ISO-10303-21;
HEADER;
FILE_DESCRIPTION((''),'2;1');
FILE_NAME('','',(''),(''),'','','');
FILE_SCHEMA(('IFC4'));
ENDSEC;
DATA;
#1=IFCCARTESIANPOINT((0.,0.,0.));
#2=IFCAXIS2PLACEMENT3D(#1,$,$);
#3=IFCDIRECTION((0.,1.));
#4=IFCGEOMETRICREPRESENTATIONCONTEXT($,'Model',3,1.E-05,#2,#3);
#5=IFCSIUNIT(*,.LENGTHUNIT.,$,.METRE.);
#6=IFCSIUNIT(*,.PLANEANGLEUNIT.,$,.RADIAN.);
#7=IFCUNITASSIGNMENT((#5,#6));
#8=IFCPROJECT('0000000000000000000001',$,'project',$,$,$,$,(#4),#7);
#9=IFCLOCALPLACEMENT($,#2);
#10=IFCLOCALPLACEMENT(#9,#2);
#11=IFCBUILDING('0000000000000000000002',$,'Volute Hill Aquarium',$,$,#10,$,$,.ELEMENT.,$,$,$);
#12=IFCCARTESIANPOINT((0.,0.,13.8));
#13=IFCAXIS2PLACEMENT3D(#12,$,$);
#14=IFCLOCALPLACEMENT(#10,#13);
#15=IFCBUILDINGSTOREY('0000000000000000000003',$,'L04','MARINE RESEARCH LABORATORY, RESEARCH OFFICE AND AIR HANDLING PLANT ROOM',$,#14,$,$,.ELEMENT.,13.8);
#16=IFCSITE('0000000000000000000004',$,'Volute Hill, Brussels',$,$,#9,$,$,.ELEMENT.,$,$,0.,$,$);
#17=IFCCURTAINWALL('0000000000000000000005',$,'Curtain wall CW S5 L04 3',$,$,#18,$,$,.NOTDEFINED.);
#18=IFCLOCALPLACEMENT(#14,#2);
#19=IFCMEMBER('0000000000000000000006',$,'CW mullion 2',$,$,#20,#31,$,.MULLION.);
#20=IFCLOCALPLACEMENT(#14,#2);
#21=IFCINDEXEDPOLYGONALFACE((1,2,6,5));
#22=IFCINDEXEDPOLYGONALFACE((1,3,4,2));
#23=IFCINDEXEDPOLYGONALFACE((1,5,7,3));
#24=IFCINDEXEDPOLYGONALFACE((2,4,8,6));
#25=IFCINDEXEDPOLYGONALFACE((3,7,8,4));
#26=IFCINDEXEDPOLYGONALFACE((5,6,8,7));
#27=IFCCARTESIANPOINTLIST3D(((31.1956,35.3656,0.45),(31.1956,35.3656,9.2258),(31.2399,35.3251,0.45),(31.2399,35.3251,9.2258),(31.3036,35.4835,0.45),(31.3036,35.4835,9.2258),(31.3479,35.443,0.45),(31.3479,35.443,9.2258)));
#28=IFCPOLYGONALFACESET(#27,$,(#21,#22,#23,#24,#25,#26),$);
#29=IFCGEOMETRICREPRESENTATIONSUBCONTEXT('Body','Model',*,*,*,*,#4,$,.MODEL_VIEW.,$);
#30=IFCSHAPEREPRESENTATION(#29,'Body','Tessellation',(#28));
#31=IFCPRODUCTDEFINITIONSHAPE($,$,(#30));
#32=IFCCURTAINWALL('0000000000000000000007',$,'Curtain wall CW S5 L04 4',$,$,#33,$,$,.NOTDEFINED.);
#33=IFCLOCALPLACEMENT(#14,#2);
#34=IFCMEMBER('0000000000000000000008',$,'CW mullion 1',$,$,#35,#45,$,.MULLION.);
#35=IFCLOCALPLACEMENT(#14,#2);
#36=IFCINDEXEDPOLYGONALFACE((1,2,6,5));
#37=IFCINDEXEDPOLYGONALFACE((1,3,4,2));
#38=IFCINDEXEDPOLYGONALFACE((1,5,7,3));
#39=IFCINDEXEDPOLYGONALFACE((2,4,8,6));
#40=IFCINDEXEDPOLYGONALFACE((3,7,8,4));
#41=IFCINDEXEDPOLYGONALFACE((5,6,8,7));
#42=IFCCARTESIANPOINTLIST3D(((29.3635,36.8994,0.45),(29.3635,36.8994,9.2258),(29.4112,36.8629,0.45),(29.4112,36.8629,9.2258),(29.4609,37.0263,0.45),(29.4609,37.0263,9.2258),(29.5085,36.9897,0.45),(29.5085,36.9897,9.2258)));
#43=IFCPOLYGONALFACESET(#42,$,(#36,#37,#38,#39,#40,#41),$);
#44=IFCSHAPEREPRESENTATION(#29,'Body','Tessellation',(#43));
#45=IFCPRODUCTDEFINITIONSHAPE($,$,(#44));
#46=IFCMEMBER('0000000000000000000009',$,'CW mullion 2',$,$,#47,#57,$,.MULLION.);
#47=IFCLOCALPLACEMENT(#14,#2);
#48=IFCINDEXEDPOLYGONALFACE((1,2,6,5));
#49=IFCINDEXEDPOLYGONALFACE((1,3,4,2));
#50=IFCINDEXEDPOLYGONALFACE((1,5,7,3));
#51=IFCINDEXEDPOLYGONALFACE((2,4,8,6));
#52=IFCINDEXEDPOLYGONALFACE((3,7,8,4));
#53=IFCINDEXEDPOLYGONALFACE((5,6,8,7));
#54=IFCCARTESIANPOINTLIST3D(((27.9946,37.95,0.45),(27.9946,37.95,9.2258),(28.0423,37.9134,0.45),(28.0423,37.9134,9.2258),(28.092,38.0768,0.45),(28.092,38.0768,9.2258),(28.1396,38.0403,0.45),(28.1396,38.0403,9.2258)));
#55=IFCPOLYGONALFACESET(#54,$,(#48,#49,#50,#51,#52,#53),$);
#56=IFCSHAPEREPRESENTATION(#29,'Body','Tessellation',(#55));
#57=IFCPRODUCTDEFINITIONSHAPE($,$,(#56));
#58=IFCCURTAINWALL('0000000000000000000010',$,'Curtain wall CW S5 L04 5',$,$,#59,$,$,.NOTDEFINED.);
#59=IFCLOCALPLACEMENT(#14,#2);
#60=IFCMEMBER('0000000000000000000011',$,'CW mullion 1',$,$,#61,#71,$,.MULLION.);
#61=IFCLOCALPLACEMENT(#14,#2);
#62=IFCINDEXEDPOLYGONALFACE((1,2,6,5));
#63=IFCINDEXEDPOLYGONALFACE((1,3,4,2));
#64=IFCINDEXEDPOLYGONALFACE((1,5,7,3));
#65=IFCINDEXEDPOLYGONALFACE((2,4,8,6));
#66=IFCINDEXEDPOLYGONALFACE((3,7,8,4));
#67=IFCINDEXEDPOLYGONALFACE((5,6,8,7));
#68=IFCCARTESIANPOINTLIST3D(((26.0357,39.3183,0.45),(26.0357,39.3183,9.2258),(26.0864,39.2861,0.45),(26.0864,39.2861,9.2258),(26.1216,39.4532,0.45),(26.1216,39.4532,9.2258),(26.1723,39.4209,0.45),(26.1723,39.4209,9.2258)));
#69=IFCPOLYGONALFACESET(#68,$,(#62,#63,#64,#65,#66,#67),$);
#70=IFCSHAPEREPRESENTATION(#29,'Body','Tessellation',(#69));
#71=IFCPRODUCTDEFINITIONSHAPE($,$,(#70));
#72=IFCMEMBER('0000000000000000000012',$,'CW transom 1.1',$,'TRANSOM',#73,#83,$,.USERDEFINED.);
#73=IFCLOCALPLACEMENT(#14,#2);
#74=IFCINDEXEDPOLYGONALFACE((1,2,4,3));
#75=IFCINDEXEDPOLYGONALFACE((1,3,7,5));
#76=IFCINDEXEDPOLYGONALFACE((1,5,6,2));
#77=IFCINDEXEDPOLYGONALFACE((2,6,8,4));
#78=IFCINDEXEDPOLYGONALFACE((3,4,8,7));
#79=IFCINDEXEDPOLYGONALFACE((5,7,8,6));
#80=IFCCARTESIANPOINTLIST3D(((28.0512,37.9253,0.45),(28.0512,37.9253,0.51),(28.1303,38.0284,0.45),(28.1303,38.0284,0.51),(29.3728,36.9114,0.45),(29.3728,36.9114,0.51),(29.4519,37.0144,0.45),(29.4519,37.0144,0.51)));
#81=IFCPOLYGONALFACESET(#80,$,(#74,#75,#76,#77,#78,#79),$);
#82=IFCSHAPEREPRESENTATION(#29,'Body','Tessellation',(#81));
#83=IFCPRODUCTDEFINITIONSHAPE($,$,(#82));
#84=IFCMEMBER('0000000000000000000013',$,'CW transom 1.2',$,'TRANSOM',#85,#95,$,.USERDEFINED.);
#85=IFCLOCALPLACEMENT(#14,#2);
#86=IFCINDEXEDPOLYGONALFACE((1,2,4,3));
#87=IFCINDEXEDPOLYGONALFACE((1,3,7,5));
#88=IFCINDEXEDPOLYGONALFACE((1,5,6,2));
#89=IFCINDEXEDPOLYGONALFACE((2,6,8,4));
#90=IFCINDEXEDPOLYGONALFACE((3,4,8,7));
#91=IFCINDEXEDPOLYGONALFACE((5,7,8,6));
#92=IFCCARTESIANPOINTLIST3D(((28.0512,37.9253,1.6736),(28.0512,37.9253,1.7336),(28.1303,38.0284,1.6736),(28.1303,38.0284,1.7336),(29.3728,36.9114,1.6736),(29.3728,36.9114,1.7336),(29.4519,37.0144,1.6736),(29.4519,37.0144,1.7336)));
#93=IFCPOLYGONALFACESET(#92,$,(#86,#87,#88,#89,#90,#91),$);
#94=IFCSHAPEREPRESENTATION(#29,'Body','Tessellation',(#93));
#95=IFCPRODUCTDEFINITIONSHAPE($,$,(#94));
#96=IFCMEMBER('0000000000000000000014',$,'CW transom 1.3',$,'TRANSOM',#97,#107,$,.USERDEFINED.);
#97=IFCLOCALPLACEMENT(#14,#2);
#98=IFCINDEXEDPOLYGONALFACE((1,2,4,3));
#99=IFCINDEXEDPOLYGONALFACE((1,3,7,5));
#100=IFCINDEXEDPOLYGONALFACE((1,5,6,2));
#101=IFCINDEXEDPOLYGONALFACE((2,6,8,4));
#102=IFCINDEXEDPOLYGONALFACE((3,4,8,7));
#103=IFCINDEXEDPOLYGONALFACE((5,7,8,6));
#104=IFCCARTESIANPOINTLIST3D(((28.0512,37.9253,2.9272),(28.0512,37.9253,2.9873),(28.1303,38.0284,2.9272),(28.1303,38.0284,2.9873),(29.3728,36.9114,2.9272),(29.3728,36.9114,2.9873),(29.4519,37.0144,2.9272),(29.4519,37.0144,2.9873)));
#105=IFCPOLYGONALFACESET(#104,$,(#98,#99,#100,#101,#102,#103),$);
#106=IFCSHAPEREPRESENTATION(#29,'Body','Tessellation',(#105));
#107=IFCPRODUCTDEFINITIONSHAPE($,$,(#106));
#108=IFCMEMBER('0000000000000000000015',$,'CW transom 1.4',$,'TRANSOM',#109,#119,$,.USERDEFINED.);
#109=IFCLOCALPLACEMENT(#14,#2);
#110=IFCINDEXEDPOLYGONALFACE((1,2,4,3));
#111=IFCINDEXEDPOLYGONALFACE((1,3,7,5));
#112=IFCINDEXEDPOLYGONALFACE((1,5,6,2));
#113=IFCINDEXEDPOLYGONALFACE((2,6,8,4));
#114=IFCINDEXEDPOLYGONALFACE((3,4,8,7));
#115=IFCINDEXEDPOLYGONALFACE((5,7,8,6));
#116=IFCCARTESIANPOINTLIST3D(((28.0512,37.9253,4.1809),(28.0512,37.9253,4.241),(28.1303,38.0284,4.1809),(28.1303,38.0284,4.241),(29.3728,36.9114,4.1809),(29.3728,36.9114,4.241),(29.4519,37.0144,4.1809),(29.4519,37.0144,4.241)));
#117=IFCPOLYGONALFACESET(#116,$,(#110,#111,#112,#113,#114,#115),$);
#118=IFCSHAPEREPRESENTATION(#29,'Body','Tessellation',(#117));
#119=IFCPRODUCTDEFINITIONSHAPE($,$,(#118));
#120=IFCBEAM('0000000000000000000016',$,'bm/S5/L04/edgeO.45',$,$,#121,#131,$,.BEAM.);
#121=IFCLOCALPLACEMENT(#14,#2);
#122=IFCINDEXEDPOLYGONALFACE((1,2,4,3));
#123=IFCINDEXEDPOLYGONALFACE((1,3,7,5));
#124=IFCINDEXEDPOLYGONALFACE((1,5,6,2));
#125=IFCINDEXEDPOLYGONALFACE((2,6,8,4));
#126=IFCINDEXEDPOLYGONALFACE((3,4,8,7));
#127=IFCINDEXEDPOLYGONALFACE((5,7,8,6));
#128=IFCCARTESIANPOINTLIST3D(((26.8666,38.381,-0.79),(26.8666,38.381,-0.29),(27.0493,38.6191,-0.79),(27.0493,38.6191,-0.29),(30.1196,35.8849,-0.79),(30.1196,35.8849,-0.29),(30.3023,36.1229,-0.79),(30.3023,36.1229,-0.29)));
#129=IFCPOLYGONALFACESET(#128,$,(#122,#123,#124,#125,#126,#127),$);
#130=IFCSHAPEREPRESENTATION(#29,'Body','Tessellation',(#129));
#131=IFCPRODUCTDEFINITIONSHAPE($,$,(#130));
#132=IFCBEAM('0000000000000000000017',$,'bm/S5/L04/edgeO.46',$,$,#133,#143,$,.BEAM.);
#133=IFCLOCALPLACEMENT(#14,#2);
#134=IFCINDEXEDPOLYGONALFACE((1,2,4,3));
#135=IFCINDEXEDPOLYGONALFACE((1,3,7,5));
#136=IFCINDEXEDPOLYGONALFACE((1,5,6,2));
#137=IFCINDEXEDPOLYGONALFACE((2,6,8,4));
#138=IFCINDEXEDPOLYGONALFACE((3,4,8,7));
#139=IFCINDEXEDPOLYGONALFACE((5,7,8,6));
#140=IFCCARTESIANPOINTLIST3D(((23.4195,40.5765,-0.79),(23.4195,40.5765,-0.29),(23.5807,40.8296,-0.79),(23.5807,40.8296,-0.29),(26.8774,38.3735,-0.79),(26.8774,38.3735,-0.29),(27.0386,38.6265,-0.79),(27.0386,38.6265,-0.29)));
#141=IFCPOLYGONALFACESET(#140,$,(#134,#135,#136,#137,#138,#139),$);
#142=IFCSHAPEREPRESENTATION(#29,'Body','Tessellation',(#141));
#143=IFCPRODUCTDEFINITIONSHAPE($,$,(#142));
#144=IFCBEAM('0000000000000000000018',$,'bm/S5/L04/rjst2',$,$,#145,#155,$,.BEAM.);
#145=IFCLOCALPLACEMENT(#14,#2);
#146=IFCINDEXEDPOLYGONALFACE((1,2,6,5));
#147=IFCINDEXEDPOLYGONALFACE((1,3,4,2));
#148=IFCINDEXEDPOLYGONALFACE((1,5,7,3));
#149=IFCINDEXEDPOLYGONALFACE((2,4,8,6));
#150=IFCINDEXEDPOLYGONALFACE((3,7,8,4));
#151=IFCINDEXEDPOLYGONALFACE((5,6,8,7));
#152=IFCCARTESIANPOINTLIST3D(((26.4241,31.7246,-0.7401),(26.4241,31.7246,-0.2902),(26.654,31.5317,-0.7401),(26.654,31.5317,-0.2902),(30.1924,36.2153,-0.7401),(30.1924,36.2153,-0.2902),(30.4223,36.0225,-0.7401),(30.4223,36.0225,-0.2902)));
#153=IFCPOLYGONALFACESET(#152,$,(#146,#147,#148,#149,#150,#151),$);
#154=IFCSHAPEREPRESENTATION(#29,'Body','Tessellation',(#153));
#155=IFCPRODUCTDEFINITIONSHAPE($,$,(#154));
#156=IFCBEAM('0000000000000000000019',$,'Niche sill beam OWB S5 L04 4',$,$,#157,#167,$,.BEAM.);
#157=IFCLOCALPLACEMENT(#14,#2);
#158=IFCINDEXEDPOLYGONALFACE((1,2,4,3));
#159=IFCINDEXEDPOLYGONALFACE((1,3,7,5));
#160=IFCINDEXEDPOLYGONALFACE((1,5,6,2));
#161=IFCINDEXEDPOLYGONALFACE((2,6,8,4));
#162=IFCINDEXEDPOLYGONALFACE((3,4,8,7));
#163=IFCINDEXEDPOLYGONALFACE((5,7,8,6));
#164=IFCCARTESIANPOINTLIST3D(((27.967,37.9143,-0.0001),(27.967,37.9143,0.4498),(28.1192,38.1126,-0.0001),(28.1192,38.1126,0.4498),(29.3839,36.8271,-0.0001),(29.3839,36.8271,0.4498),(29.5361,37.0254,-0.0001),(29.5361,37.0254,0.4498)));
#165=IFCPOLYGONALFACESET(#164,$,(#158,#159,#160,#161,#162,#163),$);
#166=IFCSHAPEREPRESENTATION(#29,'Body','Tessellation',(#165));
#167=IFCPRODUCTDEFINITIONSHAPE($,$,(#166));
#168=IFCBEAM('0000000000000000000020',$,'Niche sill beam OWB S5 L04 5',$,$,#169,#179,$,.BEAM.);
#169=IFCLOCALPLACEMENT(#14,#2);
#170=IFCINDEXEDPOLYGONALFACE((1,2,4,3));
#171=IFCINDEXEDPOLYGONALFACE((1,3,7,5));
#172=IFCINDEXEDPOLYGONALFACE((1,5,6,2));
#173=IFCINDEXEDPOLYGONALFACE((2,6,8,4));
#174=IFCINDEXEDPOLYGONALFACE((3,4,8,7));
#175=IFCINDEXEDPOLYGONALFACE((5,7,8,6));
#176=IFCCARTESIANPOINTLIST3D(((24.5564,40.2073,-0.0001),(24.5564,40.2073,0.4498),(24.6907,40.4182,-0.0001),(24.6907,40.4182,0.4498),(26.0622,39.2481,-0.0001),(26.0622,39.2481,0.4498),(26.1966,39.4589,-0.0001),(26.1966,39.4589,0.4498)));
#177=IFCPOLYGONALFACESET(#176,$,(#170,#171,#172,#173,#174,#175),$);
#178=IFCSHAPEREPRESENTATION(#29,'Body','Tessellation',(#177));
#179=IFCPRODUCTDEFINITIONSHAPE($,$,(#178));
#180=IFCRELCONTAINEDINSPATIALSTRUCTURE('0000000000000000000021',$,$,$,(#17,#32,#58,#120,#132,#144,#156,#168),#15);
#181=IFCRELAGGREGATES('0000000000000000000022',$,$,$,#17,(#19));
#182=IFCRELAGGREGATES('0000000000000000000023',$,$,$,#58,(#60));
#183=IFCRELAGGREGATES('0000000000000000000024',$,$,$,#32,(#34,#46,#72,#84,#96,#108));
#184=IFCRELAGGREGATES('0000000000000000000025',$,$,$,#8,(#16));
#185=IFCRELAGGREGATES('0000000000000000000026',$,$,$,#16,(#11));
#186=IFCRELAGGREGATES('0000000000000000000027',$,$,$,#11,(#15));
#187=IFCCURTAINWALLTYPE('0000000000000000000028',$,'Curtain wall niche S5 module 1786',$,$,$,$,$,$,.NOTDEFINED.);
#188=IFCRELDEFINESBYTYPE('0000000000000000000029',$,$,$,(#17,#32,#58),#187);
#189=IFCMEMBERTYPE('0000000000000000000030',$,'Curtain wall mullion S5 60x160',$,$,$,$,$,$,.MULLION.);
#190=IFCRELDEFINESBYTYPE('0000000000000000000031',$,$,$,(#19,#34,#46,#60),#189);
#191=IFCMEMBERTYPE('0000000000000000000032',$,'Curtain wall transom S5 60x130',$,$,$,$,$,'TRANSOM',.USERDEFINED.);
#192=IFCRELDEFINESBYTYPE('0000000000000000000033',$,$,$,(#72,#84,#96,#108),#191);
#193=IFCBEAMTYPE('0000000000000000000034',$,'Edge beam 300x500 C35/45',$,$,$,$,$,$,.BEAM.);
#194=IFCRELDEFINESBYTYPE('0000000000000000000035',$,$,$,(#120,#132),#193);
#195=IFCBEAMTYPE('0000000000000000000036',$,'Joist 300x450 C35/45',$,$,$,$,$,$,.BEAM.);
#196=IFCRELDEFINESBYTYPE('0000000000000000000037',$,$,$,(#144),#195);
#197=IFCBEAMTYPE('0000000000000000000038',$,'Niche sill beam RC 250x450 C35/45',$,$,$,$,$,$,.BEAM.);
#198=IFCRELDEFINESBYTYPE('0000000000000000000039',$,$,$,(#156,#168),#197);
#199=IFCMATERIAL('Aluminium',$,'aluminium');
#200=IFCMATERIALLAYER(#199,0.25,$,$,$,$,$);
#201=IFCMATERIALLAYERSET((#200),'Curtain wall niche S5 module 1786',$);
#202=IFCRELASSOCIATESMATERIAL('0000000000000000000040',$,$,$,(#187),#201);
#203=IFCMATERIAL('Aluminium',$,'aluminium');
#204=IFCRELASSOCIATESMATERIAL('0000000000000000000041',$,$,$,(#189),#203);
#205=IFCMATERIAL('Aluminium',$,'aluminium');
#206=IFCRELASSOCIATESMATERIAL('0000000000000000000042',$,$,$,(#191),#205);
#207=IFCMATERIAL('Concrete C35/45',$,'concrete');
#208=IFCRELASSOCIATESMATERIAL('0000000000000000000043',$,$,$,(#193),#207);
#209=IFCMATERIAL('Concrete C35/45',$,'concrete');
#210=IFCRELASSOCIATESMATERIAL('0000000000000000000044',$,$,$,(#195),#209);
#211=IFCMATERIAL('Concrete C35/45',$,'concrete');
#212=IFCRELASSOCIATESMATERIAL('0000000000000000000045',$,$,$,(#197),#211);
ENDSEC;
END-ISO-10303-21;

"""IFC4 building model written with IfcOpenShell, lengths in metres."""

from ifc_helpers import new_model, si_unit, direction, frame, origin, origin_2d, place, context, subcontext, project, spatial, rectangle, extrude, material, layer, layer_set, material_profile, profile_set, type_object, element, aggregate, save


model = new_model("IFC4")

# Units and contexts
model_context = context("Model", 3, precision=1e-05, world=origin(), true_north=direction((0.0, 1.0)))
body_context = subcontext(model_context, "Body", "Model", "MODEL_VIEW")
ifc_project = project(units=[si_unit("LENGTHUNIT", "METRE"), si_unit("PLANEANGLEUNIT", "RADIAN")], contexts=[model_context])

# Site, building, storey
site_placement = place(None, origin())
site = spatial("IfcSite", under=ifc_project, at=site_placement, Name="Volute Hill, Brussels", CompositionType="ELEMENT", RefElevation=0.0)
building_placement = place(site_placement, origin())
building = spatial("IfcBuilding", under=site, at=building_placement, Name="Volute Hill Aquarium", CompositionType="ELEMENT")
storey_placement = place(building_placement, frame((0.0, 0.0, 13.8)))
storey = spatial("IfcBuildingStorey", under=building, at=storey_placement, Name="L04", Description="MARINE RESEARCH LABORATORY, RESEARCH OFFICE AND AIR HANDLING PLANT ROOM", CompositionType="ELEMENT", Elevation=13.8)

# Curtain wall, member
ifc_material_1 = material(Name="Aluminium", Category="aluminium")
ifc_layer_1 = layer(ifc_material_1, 0.25)
ifc_layer_set_1 = layer_set([ifc_layer_1], Name="Curtain wall niche S5 module 1786")
curtain_wall_type = type_object("IfcCurtainWallType", Name="Curtain wall niche S5 module 1786", PredefinedType="NOTDEFINED", material=ifc_layer_set_1)
curtain_wall_1_placement = place(storey_placement, origin())
curtain_wall_1 = element("IfcCurtainWall", 1, at=curtain_wall_1_placement, inside=storey, type_object=curtain_wall_type, Name="Curtain wall CW S5 L04 3", PredefinedType="NOTDEFINED")
ifc_material_2 = material(Name="Aluminium", Category="aluminium")
ifc_material_profile_1 = material_profile(ifc_material_2, rectangle(XDim=0.1599, YDim=0.0601, at=origin_2d()), Name="Curtain wall mullion S5 60x160")
ifc_profile_set_1 = profile_set([ifc_material_profile_1], Name="Aluminium")
member_type_1 = type_object("IfcMemberType", Name="Curtain wall mullion S5 60x160", PredefinedType="MULLION", material=ifc_profile_set_1)
member_1_placement = place(storey_placement, frame((31.2717, 35.4043, 0.45), z_axis=(0.0, 0.0, 1.0), x_axis=(-0.675585, -0.737282, 0.0)))
member_1 = element("IfcMember", 2, at=member_1_placement, type_object=member_type_1, Name="CW mullion 2", PredefinedType="MULLION", context=body_context, shape_type="SweptSolid", body=[
    extrude(rectangle(XDim=0.1599, YDim=0.0601, at=origin_2d()), origin(), (0.0, 0.0, 1.0), 8.7759),
])
aggregate(curtain_wall_1, [member_1])

# Curtain wall, members
curtain_wall_2_placement = place(storey_placement, origin())
curtain_wall_2 = element("IfcCurtainWall", 3, at=curtain_wall_2_placement, inside=storey, type_object=curtain_wall_type, Name="Curtain wall CW S5 L04 4", PredefinedType="NOTDEFINED")
member_2_placement = place(storey_placement, frame((29.436, 36.9446, 0.45), z_axis=(0.0, 0.0, 1.0), x_axis=(-0.608755, -0.793358, 0.0)))
member_2 = element("IfcMember", 4, at=member_2_placement, type_object=member_type_1, Name="CW mullion 1", PredefinedType="MULLION", context=body_context, shape_type="SweptSolid", body=[
    extrude(rectangle(XDim=0.1599, YDim=0.0601, at=origin_2d()), origin(), (0.0, 0.0, 1.0), 8.7759),
])
member_3_placement = place(storey_placement, frame((28.0671, 37.9951, 0.45), z_axis=(0.0, 0.0, 1.0), x_axis=(-0.608755, -0.793358, 0.0)))
member_3 = element("IfcMember", 5, at=member_3_placement, type_object=member_type_1, Name="CW mullion 2", PredefinedType="MULLION", context=body_context, shape_type="SweptSolid", body=[
    extrude(rectangle(XDim=0.1599, YDim=0.0601, at=origin_2d()), origin(), (0.0, 0.0, 1.0), 8.7759),
])

# Curtain wall, member
curtain_wall_3_placement = place(storey_placement, origin())
curtain_wall_3 = element("IfcCurtainWall", 6, at=curtain_wall_3_placement, inside=storey, type_object=curtain_wall_type, Name="Curtain wall CW S5 L04 5", PredefinedType="NOTDEFINED")
member_4_placement = place(storey_placement, frame((26.104, 39.3696, 0.45), z_axis=(0.0, 0.0, 1.0), x_axis=(-0.53731, -0.843385, 0.0)))
member_4 = element("IfcMember", 7, at=member_4_placement, type_object=member_type_1, Name="CW mullion 1", PredefinedType="MULLION", context=body_context, shape_type="SweptSolid", body=[
    extrude(rectangle(XDim=0.1599, YDim=0.0601, at=origin_2d()), origin(), (0.0, 0.0, 1.0), 8.7759),
])
aggregate(curtain_wall_3, [member_4])

# Members
ifc_material_3 = material(Name="Aluminium", Category="aluminium")
ifc_material_profile_2 = material_profile(ifc_material_3, rectangle(XDim=0.1299, YDim=0.0601, at=origin_2d()), Name="Curtain wall transom S5 60x130")
ifc_profile_set_2 = profile_set([ifc_material_profile_2], Name="Aluminium")
member_type_2 = type_object("IfcMemberType", Name="Curtain wall transom S5 60x130", ElementType="TRANSOM", PredefinedType="USERDEFINED", material=ifc_profile_set_2)
member_5_placement = place(storey_placement, frame((29.4124, 36.9629, 0.48), z_axis=(-0.793392, 0.608712, 0.0), x_axis=(-0.608712, -0.793392, 0.0)))
member_5 = element("IfcMember", 8, at=member_5_placement, type_object=member_type_2, Name="CW transom 1.1", ObjectType="TRANSOM", PredefinedType="USERDEFINED", context=body_context, shape_type="SweptSolid", body=[
    extrude(rectangle(XDim=0.1299, YDim=0.0601, at=origin_2d()), origin(), (0.0, 0.0, 1.0), 1.6658),
])
member_6_placement = place(storey_placement, frame((29.4124, 36.9629, 1.7036), z_axis=(-0.793392, 0.608712, 0.0), x_axis=(-0.608712, -0.793392, 0.0)))
member_6 = element("IfcMember", 9, at=member_6_placement, type_object=member_type_2, Name="CW transom 1.2", ObjectType="TRANSOM", PredefinedType="USERDEFINED", context=body_context, shape_type="SweptSolid", body=[
    extrude(rectangle(XDim=0.1299, YDim=0.0601, at=origin_2d()), origin(), (0.0, 0.0, 1.0), 1.6658),
])
member_7_placement = place(storey_placement, frame((29.4124, 36.9629, 2.9573), z_axis=(-0.793392, 0.608712, 0.0), x_axis=(-0.608712, -0.793392, 0.0)))
member_7 = element("IfcMember", 10, at=member_7_placement, type_object=member_type_2, Name="CW transom 1.3", ObjectType="TRANSOM", PredefinedType="USERDEFINED", context=body_context, shape_type="SweptSolid", body=[
    extrude(rectangle(XDim=0.1299, YDim=0.0601, at=origin_2d()), origin(), (0.0, 0.0, 1.0), 1.6658),
])
member_8_placement = place(storey_placement, frame((29.4124, 36.9629, 4.2109), z_axis=(-0.793392, 0.608712, 0.0), x_axis=(-0.608712, -0.793392, 0.0)))
member_8 = element("IfcMember", 11, at=member_8_placement, type_object=member_type_2, Name="CW transom 1.4", ObjectType="TRANSOM", PredefinedType="USERDEFINED", context=body_context, shape_type="SweptSolid", body=[
    extrude(rectangle(XDim=0.1299, YDim=0.0601, at=origin_2d()), origin(), (0.0, 0.0, 1.0), 1.6658),
])

# Beams
ifc_material_4 = material(Name="Concrete C35/45", Category="concrete")
ifc_material_profile_3 = material_profile(ifc_material_4, rectangle(XDim=0.3, YDim=0.5, at=origin_2d()), Name="RC edge beam 300x500")
ifc_profile_set_3 = profile_set([ifc_material_profile_3], Name="Concrete C35/45")
beam_type_1 = type_object("IfcBeamType", Name="Edge beam 300x500 C35/45", PredefinedType="BEAM", material=ifc_profile_set_3)
beam_1_placement = place(storey_placement, frame((30.2109, 36.0039, -0.54), z_axis=(-0.793349, 0.608766, 0.0), x_axis=(-0.608766, -0.793349, 0.0)))
element("IfcBeam", 12, at=beam_1_placement, inside=storey, type_object=beam_type_1, Name="bm/S5/L04/edgeO.45", PredefinedType="BEAM", context=body_context, shape_type="SweptSolid", body=[
    extrude(rectangle(XDim=0.3, YDim=0.5, at=origin_2d()), origin(), (0.0, 0.0, 1.0), 4.1003),
])
beam_2_placement = place(storey_placement, frame((26.958, 38.5, -0.54), z_axis=(-0.843377, 0.537322, 0.0), x_axis=(-0.537322, -0.843377, 0.0)))
element("IfcBeam", 13, at=beam_2_placement, inside=storey, type_object=beam_type_1, Name="bm/S5/L04/edgeO.46", PredefinedType="BEAM", context=body_context, shape_type="SweptSolid", body=[
    extrude(rectangle(XDim=0.3, YDim=0.5, at=origin_2d()), origin(), (0.0, 0.0, 1.0), 4.1001),
])
ifc_material_5 = material(Name="Concrete C35/45", Category="concrete")
ifc_material_profile_4 = material_profile(ifc_material_5, rectangle(XDim=0.3, YDim=0.45, at=origin_2d()), Name="RC joist 300x450")
ifc_profile_set_4 = profile_set([ifc_material_profile_4], Name="Concrete C35/45")
beam_type_2 = type_object("IfcBeamType", Name="Joist 300x450 C35/45", PredefinedType="BEAM", material=ifc_profile_set_4)
beam_3_placement = place(storey_placement, frame((26.5391, 31.6282, -0.5151), z_axis=(0.642802, 0.766032, 0.0), x_axis=(-0.766032, 0.642802, 0.0)))
element("IfcBeam", 14, at=beam_3_placement, inside=storey, type_object=beam_type_2, Name="bm/S5/L04/rjst2", PredefinedType="BEAM", context=body_context, shape_type="SweptSolid", body=[
    extrude(rectangle(XDim=0.3, YDim=0.45, at=origin_2d()), origin(), (0.0, 0.0, 1.0), 5.8623),
])
ifc_material_6 = material(Name="Concrete C35/45", Category="concrete")
ifc_material_profile_5 = material_profile(ifc_material_6, rectangle(XDim=0.25, YDim=0.45, at=origin_2d()), Name="RC beam 250x450")
ifc_profile_set_5 = profile_set([ifc_material_profile_5], Name="Concrete C35/45")
beam_type_3 = type_object("IfcBeamType", Name="Niche sill beam RC 250x450 C35/45", PredefinedType="BEAM", material=ifc_profile_set_5)
beam_4_placement = place(storey_placement, frame((29.46, 36.9263, 0.2249), z_axis=(-0.79334, 0.608779, 0.0), x_axis=(-0.608779, -0.79334, 0.0)))
element("IfcBeam", 15, at=beam_4_placement, inside=storey, type_object=beam_type_3, Name="Niche sill beam OWB S5 L04 4", PredefinedType="BEAM", context=body_context, shape_type="SweptSolid", body=[
    extrude(rectangle(XDim=0.25, YDim=0.45, at=origin_2d()), origin(), (0.0, 0.0, 1.0), 1.7859),
])
beam_5_placement = place(storey_placement, frame((26.1294, 39.3535, 0.2249), z_axis=(-0.843419, 0.537256, 0.0), x_axis=(-0.537256, -0.843419, 0.0)))
element("IfcBeam", 16, at=beam_5_placement, inside=storey, type_object=beam_type_3, Name="Niche sill beam OWB S5 L04 5", PredefinedType="BEAM", context=body_context, shape_type="SweptSolid", body=[
    extrude(rectangle(XDim=0.25, YDim=0.45, at=origin_2d()), origin(), (0.0, 0.0, 1.0), 1.7854),
])

aggregate(curtain_wall_2, [member_2, member_3, member_5, member_6, member_7, member_8])

save(model, "model.ifc")
